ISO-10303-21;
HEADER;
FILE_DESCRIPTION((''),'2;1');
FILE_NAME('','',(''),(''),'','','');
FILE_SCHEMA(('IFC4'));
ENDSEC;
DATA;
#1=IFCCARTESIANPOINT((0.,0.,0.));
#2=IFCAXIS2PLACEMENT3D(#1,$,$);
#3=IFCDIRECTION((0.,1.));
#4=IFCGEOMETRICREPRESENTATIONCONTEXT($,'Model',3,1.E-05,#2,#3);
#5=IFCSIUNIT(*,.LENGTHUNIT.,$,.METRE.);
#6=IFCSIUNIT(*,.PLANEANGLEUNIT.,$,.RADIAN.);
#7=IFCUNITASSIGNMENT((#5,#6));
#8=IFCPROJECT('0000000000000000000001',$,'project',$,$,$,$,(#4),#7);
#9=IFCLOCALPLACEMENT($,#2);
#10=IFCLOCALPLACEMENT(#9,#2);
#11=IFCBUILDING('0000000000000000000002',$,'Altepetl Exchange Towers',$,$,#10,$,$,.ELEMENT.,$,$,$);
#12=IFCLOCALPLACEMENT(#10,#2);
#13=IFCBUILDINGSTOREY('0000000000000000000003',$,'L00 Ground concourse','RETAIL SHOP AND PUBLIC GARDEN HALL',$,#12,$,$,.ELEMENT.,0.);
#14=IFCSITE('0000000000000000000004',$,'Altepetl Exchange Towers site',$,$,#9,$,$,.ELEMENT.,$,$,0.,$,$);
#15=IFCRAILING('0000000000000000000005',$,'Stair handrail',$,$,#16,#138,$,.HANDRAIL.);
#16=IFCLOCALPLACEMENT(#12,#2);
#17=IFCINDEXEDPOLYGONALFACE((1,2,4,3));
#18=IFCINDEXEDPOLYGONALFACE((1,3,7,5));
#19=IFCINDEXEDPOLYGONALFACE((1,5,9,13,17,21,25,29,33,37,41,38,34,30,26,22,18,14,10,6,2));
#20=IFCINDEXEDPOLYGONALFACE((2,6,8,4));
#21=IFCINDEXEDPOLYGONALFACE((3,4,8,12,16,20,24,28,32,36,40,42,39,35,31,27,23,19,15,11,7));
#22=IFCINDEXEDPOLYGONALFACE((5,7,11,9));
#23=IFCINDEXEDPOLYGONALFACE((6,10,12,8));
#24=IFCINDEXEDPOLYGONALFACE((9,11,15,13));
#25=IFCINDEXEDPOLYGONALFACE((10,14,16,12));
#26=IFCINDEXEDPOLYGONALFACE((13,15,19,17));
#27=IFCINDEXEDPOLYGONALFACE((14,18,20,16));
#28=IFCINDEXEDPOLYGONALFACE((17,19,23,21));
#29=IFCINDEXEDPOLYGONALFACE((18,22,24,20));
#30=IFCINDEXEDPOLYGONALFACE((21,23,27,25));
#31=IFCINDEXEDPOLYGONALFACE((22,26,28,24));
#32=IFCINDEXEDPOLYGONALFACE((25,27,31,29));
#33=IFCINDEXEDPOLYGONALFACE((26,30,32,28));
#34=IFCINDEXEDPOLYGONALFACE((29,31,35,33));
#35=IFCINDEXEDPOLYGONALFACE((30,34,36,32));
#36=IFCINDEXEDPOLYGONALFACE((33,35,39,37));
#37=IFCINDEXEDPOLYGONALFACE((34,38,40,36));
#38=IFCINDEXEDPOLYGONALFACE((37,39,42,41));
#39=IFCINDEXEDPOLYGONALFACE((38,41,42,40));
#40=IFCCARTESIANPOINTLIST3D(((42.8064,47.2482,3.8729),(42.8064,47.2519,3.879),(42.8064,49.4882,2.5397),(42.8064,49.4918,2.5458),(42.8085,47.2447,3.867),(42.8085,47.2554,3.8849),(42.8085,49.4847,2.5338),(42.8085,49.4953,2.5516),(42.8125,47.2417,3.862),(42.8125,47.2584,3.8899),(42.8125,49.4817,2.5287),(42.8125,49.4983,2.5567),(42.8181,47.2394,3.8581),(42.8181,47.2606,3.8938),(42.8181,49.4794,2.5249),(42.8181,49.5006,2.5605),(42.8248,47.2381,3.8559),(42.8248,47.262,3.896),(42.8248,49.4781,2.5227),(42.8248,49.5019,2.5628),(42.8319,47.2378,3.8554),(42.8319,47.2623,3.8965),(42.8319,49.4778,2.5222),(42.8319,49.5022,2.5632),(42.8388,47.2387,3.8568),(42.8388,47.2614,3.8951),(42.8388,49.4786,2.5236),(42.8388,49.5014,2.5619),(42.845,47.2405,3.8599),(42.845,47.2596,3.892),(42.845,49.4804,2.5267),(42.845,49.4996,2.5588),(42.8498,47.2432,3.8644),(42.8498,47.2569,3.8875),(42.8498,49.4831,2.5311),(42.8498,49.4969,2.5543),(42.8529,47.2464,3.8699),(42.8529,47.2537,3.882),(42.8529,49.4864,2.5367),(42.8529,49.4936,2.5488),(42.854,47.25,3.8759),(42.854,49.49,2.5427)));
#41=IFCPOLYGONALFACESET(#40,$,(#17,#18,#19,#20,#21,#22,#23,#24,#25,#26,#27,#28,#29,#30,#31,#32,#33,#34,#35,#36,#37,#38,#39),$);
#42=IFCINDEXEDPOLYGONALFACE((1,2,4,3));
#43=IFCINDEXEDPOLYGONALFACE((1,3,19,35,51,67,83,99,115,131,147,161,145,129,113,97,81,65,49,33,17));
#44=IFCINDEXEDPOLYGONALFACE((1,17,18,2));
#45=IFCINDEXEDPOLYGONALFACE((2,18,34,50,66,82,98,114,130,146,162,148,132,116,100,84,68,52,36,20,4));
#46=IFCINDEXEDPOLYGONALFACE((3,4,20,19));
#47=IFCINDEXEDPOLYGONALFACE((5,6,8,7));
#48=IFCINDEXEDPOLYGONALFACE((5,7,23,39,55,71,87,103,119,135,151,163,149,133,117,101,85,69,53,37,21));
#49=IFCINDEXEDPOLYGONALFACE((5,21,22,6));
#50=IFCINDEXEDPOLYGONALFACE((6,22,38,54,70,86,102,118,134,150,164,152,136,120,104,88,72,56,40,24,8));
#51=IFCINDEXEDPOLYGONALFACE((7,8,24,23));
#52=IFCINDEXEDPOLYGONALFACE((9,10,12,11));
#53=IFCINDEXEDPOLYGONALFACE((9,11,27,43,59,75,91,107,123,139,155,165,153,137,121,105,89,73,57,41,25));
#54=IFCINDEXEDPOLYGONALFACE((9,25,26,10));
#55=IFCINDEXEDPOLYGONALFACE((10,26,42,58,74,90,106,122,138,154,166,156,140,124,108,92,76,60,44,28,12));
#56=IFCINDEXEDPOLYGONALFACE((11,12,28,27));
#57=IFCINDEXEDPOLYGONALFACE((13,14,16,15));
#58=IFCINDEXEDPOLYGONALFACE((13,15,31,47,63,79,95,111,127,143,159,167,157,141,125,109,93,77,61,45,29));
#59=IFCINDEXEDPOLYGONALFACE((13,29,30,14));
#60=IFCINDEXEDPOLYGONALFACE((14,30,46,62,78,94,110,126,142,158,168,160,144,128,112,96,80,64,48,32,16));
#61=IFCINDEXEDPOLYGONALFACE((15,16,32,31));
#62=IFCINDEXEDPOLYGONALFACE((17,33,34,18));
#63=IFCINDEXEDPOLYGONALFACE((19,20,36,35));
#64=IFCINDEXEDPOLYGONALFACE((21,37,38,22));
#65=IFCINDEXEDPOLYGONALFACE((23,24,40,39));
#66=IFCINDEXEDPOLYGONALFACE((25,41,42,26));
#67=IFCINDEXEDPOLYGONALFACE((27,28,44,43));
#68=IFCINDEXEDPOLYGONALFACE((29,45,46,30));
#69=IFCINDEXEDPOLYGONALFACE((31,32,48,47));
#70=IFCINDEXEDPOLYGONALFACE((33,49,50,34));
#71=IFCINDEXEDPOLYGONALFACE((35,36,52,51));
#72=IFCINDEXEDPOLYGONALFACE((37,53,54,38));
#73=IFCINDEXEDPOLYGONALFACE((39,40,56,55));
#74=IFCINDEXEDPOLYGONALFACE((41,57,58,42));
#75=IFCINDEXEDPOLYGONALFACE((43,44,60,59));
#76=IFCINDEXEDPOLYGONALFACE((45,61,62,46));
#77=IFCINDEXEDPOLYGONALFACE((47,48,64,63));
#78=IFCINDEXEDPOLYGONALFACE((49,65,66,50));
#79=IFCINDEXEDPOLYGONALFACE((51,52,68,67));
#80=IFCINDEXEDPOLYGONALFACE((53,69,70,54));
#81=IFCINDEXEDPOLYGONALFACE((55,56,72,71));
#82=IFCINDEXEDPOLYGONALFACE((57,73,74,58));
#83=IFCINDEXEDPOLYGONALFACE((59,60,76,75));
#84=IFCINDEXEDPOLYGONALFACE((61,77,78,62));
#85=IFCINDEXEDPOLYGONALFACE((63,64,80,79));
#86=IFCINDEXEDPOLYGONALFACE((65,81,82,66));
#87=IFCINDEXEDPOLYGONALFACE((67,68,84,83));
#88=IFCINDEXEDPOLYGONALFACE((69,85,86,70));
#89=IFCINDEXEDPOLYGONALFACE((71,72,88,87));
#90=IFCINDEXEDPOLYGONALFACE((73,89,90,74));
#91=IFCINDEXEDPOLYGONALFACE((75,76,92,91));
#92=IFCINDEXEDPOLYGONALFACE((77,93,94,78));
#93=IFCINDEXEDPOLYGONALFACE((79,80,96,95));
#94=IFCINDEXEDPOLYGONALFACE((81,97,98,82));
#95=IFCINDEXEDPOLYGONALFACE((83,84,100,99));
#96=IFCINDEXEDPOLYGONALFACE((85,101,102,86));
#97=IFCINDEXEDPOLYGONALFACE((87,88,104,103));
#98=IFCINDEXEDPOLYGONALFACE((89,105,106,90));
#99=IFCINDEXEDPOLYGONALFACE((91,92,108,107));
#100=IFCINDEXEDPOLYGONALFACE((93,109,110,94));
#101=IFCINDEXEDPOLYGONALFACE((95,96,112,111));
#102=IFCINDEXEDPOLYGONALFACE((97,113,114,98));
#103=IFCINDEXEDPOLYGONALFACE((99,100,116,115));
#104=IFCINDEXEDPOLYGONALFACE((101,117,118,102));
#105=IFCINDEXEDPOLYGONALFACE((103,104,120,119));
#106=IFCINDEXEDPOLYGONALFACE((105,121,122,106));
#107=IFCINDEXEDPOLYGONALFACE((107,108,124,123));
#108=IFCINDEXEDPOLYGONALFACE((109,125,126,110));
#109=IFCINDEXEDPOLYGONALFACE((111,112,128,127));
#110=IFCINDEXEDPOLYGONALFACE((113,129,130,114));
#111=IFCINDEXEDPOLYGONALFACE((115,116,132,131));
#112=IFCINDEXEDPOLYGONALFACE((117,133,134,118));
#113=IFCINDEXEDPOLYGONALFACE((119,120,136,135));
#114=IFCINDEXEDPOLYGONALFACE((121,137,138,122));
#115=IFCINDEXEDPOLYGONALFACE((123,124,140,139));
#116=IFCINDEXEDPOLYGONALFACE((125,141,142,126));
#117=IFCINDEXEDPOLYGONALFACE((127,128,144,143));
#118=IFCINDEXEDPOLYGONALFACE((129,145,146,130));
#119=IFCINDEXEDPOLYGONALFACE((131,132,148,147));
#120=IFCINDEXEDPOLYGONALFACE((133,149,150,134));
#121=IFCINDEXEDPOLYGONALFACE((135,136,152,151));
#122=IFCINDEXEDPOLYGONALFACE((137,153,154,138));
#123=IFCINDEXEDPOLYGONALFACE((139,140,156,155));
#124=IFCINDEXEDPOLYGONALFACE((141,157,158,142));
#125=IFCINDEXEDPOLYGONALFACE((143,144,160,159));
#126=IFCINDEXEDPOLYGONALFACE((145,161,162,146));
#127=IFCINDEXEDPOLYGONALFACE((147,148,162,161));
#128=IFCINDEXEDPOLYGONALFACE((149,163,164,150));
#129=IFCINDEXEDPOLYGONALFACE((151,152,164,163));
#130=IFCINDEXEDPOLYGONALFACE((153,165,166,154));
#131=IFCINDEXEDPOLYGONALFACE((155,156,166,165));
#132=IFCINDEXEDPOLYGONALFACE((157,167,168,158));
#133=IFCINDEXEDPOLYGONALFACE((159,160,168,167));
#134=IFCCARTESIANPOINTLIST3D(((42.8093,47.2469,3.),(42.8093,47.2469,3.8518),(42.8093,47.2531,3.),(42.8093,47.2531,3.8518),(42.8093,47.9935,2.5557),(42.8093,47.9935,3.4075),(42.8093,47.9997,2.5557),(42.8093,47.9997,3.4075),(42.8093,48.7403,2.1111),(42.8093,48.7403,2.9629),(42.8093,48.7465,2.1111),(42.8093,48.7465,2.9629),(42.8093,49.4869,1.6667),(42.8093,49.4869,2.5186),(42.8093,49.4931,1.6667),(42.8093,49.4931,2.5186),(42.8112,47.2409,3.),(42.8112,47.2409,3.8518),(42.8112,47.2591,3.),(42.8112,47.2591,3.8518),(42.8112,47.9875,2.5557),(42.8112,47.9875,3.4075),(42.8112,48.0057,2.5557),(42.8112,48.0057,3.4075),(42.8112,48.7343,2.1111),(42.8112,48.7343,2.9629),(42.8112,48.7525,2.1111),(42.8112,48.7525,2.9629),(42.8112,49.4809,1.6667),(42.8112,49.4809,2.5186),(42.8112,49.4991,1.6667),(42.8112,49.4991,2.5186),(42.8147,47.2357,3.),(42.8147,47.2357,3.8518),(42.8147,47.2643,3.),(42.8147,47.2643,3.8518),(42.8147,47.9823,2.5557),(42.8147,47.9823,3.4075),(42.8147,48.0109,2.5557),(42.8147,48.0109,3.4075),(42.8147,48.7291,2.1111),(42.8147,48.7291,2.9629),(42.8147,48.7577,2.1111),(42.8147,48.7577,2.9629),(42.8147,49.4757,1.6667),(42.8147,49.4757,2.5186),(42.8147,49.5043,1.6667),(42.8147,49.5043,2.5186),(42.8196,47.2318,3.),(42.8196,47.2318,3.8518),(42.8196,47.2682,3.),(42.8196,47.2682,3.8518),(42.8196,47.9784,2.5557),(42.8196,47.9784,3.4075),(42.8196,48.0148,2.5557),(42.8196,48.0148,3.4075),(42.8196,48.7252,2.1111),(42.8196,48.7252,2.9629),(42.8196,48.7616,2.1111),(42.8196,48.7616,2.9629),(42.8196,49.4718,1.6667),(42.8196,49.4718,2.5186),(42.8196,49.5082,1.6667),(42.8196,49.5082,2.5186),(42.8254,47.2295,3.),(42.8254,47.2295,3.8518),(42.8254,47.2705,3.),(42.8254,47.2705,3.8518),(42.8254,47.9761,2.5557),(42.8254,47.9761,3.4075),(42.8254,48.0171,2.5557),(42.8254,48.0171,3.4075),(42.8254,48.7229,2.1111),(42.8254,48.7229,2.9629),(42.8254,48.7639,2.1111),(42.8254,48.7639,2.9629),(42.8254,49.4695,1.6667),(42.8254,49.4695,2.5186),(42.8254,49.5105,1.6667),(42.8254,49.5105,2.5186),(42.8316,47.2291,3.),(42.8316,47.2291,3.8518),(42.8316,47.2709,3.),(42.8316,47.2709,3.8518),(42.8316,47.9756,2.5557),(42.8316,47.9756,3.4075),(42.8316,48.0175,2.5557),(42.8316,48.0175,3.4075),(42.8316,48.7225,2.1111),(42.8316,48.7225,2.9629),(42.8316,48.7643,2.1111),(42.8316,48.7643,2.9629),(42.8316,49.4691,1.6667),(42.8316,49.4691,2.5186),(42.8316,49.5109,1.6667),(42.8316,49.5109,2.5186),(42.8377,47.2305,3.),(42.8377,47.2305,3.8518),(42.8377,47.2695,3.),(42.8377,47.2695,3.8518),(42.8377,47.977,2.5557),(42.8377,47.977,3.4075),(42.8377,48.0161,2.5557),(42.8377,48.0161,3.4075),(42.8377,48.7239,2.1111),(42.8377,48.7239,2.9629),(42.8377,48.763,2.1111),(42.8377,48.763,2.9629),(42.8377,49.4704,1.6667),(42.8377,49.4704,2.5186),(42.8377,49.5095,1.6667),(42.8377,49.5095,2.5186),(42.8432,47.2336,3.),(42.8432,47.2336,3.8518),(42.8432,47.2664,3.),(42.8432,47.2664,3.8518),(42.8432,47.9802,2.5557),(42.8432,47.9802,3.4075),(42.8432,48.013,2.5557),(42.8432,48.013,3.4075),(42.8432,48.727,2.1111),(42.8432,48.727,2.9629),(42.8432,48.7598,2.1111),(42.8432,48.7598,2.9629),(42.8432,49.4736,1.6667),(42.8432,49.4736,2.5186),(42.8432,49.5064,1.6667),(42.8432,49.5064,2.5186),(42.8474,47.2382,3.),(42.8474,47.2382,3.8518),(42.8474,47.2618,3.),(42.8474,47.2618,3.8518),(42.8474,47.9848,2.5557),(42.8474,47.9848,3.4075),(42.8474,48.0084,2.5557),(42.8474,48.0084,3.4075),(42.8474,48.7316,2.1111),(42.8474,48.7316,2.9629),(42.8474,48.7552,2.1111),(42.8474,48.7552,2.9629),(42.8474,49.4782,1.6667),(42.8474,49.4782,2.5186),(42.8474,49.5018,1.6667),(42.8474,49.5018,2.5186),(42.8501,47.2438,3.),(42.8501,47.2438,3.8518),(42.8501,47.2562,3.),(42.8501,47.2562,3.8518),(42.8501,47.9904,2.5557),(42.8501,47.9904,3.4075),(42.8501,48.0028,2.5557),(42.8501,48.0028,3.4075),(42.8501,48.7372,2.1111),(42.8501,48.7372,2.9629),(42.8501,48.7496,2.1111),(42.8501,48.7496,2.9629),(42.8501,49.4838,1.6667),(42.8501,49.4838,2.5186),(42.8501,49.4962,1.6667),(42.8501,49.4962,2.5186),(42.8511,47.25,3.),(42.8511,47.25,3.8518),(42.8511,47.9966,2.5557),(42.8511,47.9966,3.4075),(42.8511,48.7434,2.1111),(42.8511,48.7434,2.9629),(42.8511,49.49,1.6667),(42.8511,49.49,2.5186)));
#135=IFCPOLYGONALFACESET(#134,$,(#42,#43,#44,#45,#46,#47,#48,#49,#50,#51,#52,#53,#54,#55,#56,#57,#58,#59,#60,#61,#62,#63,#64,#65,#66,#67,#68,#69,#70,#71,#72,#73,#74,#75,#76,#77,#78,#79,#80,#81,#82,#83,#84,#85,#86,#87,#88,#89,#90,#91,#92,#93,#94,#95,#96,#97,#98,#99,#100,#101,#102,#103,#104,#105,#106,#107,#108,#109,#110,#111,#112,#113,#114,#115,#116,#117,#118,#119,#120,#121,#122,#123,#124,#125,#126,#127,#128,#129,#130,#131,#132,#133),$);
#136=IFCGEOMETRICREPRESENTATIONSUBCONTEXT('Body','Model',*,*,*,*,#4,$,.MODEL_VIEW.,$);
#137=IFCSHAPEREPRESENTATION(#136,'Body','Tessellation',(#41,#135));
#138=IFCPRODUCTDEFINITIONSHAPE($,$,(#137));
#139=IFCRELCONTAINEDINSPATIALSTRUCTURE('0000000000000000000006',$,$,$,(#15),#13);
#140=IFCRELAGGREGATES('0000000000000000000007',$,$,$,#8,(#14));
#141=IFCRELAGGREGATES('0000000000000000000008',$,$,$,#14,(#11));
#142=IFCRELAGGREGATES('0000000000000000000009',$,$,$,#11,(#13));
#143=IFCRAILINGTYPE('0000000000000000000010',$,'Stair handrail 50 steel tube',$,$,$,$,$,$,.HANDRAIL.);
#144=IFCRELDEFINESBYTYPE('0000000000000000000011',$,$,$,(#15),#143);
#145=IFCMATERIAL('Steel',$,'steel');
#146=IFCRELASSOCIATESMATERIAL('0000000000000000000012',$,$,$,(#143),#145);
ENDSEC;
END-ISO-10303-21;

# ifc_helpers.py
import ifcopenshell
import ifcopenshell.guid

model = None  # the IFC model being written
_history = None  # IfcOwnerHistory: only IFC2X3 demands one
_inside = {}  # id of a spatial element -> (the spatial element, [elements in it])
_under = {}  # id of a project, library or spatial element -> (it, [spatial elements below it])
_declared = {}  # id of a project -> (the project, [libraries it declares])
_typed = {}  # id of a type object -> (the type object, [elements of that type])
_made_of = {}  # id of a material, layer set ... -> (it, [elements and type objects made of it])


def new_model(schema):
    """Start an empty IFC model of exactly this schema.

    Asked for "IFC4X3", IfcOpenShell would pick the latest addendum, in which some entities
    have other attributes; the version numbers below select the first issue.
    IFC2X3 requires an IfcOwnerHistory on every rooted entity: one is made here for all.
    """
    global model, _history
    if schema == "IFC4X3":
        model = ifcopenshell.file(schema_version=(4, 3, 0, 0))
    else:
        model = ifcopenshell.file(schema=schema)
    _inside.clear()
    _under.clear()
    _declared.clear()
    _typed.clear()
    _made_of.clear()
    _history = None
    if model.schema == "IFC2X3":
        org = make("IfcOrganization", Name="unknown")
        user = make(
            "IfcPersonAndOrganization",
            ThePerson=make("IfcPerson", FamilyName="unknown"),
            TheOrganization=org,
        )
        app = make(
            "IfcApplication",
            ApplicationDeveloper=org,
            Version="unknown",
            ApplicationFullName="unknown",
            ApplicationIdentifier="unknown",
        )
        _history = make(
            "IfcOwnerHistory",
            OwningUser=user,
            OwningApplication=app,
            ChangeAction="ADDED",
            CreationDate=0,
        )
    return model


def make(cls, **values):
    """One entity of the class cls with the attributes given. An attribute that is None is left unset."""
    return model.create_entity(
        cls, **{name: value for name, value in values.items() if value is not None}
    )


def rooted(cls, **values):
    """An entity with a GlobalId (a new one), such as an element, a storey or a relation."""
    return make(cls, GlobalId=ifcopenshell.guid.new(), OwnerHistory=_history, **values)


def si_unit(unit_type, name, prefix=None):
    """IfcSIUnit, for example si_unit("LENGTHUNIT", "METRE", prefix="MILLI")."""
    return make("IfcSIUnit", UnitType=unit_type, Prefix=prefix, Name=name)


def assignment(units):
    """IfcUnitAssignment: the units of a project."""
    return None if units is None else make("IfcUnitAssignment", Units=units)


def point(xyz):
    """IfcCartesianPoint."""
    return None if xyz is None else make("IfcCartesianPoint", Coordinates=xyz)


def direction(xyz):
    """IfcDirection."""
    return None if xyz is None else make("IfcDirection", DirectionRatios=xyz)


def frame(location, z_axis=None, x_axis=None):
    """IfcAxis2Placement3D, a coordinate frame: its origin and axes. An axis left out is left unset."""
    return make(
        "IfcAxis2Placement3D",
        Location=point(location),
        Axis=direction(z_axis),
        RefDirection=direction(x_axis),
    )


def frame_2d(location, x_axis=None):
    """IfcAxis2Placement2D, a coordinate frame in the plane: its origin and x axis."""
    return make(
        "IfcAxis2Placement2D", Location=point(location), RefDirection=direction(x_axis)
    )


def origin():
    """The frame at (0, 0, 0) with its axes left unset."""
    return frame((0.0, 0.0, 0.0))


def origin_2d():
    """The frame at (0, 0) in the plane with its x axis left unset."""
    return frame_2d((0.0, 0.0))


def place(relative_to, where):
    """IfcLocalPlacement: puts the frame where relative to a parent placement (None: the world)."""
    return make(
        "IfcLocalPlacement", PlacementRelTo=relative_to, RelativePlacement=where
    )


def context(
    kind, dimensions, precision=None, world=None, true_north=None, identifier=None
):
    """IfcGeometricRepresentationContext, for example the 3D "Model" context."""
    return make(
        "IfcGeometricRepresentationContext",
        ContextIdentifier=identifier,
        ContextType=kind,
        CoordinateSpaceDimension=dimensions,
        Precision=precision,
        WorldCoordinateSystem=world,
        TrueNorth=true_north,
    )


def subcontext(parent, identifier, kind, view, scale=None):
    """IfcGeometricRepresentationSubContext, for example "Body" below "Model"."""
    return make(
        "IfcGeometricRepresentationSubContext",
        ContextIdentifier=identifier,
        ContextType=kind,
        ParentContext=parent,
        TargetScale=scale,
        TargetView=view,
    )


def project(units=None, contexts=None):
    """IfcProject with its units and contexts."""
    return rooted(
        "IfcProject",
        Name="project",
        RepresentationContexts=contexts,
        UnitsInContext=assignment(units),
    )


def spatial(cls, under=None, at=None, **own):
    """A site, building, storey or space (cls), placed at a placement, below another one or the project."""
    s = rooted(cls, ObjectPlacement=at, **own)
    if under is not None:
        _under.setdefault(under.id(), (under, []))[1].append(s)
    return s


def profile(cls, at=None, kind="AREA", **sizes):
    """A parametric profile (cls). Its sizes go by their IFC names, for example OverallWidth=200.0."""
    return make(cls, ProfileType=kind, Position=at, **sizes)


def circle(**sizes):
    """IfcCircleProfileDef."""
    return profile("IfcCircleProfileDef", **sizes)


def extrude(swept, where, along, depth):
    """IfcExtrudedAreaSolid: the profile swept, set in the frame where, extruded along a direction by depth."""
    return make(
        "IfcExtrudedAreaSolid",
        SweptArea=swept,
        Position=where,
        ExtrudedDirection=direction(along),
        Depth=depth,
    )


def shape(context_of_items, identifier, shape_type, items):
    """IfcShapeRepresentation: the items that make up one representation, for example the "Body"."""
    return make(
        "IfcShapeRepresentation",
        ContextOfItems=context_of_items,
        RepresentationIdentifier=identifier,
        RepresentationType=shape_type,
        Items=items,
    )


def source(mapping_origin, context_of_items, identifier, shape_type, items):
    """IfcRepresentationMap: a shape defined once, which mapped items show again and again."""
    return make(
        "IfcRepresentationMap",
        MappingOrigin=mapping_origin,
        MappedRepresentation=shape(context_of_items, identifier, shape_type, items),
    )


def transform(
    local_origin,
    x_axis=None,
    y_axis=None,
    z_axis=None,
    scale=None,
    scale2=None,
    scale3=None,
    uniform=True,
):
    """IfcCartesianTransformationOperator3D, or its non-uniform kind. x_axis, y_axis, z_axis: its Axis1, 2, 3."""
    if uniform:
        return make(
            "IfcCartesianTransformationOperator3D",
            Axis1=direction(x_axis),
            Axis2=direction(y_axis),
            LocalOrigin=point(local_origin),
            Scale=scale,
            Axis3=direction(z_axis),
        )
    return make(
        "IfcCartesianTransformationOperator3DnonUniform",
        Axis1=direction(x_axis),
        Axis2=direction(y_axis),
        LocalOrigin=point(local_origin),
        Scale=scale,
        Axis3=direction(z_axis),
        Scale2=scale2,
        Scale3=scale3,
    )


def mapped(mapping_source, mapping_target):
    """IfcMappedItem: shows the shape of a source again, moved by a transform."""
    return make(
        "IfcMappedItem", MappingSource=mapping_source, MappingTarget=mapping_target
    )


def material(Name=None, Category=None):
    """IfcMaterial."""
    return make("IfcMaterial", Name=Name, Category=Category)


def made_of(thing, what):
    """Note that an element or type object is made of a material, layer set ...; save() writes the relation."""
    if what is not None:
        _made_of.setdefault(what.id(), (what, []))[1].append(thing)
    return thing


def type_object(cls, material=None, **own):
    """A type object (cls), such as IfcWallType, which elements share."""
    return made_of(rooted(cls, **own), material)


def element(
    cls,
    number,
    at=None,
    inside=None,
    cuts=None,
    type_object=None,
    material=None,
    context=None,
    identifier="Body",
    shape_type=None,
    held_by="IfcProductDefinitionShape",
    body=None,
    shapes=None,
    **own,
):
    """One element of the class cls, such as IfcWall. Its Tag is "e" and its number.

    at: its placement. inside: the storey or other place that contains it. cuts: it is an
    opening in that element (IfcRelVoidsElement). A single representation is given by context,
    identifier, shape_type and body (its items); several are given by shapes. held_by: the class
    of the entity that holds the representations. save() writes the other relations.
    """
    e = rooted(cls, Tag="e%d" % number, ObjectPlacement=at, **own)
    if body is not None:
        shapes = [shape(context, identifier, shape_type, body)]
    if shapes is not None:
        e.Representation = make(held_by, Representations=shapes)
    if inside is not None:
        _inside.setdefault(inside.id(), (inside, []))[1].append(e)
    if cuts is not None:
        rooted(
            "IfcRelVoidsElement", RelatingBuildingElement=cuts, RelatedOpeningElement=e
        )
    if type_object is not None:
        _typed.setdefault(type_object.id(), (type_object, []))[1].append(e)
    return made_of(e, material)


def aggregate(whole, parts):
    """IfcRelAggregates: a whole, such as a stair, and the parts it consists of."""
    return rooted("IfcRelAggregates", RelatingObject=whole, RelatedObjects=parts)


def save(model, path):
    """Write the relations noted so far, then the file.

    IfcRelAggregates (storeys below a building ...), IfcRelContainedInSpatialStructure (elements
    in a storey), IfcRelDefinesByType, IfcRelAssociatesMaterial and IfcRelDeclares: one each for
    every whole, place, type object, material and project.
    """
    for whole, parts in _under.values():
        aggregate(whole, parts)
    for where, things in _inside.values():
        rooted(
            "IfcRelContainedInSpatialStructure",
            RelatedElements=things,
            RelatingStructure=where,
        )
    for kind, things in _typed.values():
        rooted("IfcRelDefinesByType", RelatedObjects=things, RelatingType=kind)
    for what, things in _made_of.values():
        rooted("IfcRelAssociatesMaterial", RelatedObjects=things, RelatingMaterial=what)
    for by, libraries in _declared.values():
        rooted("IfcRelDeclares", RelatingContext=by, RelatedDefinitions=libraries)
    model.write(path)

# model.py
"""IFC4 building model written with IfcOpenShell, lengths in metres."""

from ifc_helpers import new_model, si_unit, direction, frame, origin, origin_2d, place, context, subcontext, project, spatial, circle, extrude, source, transform, mapped, material, type_object, element, save


model = new_model("IFC4")

# Units and contexts
model_context = context("Model", 3, precision=1e-05, world=origin(), true_north=direction((0.0, 1.0)))
body_context = subcontext(model_context, "Body", "Model", "MODEL_VIEW")
ifc_project = project(units=[si_unit("LENGTHUNIT", "METRE"), si_unit("PLANEANGLEUNIT", "RADIAN")], contexts=[model_context])

# Site, building, storey
site_placement = place(None, origin())
site = spatial("IfcSite", under=ifc_project, at=site_placement, Name="Altepetl Exchange Towers site", CompositionType="ELEMENT", RefElevation=0.0)
building_placement = place(site_placement, origin())
building = spatial("IfcBuilding", under=site, at=building_placement, Name="Altepetl Exchange Towers", CompositionType="ELEMENT")
storey_placement = place(building_placement, origin())
storey = spatial("IfcBuildingStorey", under=building, at=storey_placement, Name="L00 Ground concourse", Description="RETAIL SHOP AND PUBLIC GARDEN HALL", CompositionType="ELEMENT", Elevation=0.0)

# Railing
ifc_material_1 = material(Name="Steel", Category="steel")
railing_type = type_object("IfcRailingType", Name="Stair handrail 50 steel tube", PredefinedType="HANDRAIL", material=ifc_material_1)
shared_shape = source(origin(), body_context, "Body", "SweptSolid", [
    extrude(circle(Radius=0.021, at=origin_2d()), origin(), (0.0, 0.0, 1.0), 0.8518),
])
railing_1_placement = place(storey_placement, frame((42.8301, 49.49, 1.6667)))
element("IfcRailing", 1, at=railing_1_placement, inside=storey, type_object=railing_type, Name="Stair handrail", PredefinedType="HANDRAIL", context=body_context, shape_type="SweptSolid", body=[
    extrude(circle(Radius=0.0239, at=origin_2d()), frame((0.0, 0.0, 0.876), z_axis=(0.0, -0.859306, 0.511462), x_axis=(1.0, 0.0, 0.0)), (0.0, 0.0, 1.0), 2.6067),
    mapped(shared_shape, transform((0.0, 0.0, 0.0))),
    mapped(shared_shape, transform((0.0, -0.7466, 0.4443))),
    mapped(shared_shape, transform((0.0, -1.4934, 0.8889))),
    mapped(shared_shape, transform((0.0, -2.24, 1.3333))),
])

save(model, "model.ifc")
